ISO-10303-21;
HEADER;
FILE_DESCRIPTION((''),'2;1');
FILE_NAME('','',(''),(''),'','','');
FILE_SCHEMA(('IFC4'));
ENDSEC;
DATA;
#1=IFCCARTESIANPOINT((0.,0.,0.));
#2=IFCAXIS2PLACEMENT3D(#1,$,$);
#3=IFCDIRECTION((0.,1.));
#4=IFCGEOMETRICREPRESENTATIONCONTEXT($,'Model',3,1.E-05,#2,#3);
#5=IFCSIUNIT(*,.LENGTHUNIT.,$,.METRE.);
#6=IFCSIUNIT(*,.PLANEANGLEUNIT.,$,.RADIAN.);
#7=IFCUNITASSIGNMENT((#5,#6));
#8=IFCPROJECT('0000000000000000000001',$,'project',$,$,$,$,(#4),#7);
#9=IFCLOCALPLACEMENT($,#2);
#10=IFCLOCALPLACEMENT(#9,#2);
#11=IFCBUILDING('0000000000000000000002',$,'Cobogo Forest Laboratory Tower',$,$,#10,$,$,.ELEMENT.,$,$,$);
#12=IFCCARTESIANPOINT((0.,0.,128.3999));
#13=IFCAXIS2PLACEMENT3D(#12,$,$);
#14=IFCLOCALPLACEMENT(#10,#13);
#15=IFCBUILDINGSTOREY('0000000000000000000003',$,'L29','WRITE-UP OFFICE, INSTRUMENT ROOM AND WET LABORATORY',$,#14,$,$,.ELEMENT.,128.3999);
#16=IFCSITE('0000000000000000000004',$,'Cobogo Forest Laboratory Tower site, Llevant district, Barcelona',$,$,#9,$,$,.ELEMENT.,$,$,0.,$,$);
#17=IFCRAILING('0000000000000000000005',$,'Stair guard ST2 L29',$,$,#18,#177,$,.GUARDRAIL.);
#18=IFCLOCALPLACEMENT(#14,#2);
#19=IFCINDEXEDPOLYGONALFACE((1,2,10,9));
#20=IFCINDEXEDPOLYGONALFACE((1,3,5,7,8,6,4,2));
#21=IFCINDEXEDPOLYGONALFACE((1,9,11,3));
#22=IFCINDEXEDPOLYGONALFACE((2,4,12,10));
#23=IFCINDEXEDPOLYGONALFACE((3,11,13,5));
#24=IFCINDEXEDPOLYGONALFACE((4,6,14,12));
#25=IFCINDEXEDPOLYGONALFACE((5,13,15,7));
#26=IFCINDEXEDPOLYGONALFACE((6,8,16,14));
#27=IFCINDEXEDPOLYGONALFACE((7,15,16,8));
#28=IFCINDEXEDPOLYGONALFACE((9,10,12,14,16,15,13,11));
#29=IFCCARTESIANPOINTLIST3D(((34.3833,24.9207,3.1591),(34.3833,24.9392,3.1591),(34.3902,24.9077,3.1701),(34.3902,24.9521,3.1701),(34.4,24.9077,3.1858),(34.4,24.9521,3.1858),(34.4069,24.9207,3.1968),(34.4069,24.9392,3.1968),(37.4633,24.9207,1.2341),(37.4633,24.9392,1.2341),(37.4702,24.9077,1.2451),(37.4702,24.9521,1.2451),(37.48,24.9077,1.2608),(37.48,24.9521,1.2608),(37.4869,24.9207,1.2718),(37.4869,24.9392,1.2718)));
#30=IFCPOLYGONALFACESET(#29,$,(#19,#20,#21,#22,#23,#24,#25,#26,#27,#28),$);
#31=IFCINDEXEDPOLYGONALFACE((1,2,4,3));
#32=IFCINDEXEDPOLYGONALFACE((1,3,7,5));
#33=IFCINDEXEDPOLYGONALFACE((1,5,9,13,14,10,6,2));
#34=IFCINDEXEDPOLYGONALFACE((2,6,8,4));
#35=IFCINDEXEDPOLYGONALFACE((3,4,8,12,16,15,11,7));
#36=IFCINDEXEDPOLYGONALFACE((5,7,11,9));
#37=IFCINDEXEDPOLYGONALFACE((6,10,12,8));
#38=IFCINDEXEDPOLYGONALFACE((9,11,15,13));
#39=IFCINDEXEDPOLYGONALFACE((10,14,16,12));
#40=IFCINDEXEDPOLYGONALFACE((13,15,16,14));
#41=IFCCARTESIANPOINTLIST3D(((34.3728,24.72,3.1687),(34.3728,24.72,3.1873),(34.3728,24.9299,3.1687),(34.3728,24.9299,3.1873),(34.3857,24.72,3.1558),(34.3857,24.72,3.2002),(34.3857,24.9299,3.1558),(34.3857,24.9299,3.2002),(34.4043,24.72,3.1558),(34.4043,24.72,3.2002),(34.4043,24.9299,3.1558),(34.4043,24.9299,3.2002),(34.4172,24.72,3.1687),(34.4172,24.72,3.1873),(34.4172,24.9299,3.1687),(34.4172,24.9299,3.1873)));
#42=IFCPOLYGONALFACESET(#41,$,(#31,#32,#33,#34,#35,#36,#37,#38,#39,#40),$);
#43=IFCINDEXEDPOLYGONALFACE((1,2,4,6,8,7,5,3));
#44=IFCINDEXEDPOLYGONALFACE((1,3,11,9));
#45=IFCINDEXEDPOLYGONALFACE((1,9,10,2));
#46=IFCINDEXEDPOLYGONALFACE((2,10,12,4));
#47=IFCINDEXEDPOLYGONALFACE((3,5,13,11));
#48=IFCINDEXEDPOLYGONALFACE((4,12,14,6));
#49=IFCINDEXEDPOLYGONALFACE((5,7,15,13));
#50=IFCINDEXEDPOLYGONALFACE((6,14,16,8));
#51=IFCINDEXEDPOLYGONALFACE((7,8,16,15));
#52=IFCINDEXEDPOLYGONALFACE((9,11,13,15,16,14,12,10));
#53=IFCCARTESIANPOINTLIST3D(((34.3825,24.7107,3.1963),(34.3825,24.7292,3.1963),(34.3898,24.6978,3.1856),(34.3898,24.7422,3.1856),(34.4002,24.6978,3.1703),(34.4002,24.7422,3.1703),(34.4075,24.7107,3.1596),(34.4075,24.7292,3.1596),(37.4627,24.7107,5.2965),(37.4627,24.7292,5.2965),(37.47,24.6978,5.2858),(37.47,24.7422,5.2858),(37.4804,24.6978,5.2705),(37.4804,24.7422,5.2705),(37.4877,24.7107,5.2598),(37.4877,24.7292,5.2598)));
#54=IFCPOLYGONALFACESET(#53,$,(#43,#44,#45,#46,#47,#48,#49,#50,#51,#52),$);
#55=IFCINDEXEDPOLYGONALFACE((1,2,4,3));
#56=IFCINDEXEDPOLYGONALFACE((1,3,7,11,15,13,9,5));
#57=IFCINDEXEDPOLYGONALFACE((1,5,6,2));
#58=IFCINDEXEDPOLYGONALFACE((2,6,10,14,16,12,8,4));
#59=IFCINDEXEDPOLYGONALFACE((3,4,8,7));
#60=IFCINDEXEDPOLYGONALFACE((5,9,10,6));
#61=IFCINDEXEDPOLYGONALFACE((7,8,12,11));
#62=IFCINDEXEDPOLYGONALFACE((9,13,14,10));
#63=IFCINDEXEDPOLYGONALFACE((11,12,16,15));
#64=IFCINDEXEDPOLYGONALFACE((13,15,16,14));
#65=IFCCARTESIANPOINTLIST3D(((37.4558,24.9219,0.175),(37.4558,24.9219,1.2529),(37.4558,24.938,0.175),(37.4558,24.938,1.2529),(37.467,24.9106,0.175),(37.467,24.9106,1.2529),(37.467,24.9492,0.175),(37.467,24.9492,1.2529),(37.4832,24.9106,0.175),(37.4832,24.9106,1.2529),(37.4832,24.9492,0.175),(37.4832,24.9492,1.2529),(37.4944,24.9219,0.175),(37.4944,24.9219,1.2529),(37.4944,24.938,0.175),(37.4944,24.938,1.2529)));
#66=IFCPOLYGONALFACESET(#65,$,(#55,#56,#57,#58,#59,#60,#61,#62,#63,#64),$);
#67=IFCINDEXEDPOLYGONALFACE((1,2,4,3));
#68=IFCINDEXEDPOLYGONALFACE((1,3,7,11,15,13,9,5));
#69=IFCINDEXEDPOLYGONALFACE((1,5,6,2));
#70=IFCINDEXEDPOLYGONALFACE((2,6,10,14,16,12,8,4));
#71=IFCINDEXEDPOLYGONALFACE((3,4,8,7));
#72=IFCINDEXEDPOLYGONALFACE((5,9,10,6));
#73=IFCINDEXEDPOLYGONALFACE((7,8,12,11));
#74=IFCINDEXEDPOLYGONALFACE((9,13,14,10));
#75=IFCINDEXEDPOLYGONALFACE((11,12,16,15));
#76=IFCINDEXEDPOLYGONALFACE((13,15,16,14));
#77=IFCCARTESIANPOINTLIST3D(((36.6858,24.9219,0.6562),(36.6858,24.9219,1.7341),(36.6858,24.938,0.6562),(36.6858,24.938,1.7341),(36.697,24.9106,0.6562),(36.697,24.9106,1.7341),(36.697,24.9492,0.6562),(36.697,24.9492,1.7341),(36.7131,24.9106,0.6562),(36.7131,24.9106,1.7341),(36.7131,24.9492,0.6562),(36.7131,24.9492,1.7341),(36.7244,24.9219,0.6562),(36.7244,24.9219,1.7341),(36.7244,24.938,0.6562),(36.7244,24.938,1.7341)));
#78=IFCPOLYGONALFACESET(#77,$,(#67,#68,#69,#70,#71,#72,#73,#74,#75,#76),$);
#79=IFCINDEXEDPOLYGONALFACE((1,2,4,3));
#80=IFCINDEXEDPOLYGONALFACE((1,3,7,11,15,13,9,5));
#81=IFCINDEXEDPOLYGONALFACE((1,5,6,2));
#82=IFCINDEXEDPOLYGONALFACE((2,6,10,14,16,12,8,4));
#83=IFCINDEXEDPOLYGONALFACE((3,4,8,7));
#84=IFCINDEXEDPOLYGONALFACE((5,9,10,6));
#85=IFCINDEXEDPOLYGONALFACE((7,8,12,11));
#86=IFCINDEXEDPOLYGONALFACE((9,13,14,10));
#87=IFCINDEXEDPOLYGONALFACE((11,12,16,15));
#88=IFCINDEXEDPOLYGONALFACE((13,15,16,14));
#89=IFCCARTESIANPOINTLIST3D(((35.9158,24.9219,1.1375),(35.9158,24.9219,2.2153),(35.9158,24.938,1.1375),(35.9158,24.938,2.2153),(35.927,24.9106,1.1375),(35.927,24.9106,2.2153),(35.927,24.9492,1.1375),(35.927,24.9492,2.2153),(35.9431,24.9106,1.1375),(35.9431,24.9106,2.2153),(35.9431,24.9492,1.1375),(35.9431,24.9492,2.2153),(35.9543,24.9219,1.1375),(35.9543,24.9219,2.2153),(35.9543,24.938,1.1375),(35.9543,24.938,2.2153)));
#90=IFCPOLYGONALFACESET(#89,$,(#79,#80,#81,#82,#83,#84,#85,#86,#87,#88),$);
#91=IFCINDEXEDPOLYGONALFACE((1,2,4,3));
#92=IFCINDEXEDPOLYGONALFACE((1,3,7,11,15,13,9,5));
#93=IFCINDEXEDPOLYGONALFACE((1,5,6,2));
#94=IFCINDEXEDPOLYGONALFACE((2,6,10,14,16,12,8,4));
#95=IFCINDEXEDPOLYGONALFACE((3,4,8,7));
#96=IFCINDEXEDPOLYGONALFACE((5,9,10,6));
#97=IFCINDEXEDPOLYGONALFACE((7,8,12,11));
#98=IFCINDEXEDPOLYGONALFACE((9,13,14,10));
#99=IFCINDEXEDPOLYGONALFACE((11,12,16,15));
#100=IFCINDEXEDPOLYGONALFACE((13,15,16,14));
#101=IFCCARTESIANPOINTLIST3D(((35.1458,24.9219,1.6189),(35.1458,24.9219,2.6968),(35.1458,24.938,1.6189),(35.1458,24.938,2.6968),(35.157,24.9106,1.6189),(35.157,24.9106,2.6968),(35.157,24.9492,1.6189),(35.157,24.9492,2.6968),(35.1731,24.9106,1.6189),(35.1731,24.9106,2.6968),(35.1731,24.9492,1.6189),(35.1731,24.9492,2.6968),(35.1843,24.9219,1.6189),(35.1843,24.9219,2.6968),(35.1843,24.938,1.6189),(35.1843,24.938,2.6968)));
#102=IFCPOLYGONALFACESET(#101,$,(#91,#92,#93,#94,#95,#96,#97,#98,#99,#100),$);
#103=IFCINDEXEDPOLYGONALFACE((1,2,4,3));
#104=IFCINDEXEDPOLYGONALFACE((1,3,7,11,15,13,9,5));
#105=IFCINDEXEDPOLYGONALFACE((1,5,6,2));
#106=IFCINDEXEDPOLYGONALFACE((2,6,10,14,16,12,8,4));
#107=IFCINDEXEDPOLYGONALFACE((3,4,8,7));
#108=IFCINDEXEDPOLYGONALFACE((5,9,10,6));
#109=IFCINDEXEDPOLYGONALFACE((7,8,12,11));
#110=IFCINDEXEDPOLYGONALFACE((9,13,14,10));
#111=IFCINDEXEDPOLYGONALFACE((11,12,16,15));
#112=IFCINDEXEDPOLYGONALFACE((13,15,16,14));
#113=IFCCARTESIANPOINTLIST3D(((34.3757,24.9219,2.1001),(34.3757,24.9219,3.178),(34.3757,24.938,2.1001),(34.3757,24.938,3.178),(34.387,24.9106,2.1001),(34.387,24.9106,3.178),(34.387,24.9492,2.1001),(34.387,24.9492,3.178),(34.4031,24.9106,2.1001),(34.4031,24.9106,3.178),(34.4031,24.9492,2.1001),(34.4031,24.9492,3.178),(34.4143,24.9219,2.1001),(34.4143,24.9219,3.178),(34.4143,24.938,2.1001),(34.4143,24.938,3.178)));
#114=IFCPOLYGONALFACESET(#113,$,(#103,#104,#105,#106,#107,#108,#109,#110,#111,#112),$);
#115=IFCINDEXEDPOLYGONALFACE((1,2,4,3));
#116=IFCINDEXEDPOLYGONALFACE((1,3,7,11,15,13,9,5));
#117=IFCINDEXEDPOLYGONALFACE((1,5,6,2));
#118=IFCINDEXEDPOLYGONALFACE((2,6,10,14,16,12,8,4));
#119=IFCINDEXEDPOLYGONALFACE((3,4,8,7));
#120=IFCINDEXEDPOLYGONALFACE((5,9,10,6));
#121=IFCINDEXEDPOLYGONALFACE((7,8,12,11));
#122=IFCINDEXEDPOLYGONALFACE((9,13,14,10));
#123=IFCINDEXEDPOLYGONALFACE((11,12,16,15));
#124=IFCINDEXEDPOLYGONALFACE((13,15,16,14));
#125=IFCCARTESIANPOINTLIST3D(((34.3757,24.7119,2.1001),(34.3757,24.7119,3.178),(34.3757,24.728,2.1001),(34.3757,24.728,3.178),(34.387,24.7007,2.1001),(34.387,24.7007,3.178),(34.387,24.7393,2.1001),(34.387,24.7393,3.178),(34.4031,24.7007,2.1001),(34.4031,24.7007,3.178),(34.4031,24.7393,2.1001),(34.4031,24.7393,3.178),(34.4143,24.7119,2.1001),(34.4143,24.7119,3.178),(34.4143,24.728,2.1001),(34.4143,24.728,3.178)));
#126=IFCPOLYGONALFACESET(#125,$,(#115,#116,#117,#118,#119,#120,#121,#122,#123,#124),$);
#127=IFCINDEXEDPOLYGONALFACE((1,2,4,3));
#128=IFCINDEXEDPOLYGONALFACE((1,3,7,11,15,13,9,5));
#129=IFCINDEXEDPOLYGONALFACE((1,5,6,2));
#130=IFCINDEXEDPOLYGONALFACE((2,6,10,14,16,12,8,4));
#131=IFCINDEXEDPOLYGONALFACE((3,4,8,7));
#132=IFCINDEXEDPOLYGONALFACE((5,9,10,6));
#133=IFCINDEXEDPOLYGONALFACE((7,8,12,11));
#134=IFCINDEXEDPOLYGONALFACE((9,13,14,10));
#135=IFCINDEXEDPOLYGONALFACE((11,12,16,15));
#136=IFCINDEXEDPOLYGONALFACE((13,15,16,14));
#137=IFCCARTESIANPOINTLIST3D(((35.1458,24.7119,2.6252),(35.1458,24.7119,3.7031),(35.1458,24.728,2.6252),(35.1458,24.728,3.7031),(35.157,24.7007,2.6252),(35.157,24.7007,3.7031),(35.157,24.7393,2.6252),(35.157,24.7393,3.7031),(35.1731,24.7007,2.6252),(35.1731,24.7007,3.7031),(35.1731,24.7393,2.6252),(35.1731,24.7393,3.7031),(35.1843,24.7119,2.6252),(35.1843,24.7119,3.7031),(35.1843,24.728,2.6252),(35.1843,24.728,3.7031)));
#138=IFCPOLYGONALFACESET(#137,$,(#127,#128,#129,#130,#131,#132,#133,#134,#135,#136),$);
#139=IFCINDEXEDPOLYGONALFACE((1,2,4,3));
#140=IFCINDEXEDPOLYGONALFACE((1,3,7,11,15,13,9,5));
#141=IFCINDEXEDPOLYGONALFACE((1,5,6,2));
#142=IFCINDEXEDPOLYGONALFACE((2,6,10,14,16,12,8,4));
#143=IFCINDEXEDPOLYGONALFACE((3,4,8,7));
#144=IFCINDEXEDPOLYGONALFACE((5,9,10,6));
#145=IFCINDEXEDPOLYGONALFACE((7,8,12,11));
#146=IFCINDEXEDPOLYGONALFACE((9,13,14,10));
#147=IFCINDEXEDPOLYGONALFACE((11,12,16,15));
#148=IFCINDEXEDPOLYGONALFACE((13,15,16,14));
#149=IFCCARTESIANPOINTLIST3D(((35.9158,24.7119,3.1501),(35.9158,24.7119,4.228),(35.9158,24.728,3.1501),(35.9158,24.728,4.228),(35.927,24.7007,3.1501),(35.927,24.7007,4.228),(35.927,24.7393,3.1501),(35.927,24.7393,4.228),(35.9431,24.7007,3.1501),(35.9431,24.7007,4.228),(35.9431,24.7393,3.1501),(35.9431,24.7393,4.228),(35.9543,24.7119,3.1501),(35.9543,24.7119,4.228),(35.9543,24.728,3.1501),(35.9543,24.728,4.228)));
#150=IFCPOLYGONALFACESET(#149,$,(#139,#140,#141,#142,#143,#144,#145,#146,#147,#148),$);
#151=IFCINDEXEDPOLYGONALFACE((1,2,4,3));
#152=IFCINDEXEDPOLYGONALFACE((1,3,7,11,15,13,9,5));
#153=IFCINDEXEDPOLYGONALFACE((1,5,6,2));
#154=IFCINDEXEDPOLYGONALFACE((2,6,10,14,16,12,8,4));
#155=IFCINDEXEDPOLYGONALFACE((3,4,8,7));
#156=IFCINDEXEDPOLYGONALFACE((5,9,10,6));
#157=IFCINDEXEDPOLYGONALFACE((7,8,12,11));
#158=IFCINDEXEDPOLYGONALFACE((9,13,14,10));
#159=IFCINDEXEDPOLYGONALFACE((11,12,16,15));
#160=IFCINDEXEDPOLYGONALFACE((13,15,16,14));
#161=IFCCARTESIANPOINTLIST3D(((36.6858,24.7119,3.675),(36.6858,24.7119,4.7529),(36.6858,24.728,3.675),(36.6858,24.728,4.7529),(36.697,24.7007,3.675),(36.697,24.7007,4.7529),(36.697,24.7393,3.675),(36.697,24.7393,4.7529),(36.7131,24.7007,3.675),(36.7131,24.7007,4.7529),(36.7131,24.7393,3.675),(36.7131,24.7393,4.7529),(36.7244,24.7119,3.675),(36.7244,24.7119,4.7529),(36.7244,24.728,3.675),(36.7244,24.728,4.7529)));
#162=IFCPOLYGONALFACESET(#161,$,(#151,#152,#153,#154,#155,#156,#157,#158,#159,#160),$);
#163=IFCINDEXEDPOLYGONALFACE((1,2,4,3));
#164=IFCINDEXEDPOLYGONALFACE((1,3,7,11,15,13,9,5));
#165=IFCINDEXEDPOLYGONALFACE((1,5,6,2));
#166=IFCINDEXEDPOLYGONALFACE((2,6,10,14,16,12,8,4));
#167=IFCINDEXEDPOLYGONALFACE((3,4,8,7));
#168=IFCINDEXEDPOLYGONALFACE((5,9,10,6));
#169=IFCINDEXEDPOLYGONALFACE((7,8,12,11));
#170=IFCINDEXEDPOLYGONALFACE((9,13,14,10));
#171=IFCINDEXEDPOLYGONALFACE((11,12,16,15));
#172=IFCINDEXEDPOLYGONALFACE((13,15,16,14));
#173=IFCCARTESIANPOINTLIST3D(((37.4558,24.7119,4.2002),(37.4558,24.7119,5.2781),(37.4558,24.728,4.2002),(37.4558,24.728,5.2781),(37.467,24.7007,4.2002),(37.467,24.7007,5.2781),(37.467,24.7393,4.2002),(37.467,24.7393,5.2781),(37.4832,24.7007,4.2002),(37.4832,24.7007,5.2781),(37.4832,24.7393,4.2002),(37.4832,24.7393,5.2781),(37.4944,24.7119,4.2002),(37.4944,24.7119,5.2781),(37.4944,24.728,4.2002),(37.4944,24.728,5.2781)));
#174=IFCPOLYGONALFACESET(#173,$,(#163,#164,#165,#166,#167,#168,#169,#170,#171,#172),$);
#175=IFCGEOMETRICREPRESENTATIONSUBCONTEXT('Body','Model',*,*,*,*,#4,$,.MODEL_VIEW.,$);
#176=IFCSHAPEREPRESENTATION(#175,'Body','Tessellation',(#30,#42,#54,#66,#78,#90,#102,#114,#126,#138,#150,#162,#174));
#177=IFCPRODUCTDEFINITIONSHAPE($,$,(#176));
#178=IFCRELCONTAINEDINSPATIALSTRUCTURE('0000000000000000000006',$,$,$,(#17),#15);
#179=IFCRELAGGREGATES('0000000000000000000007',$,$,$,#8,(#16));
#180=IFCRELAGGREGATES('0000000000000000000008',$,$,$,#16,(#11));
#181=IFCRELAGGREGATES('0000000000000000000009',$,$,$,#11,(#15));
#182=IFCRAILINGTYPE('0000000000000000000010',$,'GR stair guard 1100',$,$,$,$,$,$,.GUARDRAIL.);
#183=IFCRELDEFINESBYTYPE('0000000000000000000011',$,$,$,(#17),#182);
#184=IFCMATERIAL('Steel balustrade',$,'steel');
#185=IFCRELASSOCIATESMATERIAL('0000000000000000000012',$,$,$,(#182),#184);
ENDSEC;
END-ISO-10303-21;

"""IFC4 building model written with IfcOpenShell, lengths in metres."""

from ifc_helpers import new_model, si_unit, direction, frame, origin, place, context, subcontext, project, spatial, polyline, outline, extrude, material, type_object, element, save


model = new_model("IFC4")

# Units and contexts
model_context = context("Model", 3, precision=1e-05, world=origin(), true_north=direction((0.0, 1.0)))
body_context = subcontext(model_context, "Body", "Model", "MODEL_VIEW")
ifc_project = project(units=[si_unit("LENGTHUNIT", "METRE"), si_unit("PLANEANGLEUNIT", "RADIAN")], contexts=[model_context])

# Site, building, storey
site_placement = place(None, origin())
site = spatial("IfcSite", under=ifc_project, at=site_placement, Name="Cobogo Forest Laboratory Tower site, Llevant district, Barcelona", CompositionType="ELEMENT", RefElevation=0.0)
building_placement = place(site_placement, origin())
building = spatial("IfcBuilding", under=site, at=building_placement, Name="Cobogo Forest Laboratory Tower", CompositionType="ELEMENT")
storey_placement = place(building_placement, frame((0.0, 0.0, 128.3999)))
storey = spatial("IfcBuildingStorey", under=building, at=storey_placement, Name="L29", Description="WRITE-UP OFFICE, INSTRUMENT ROOM AND WET LABORATORY", CompositionType="ELEMENT", Elevation=128.3999)

# Railing
ifc_material_1 = material(Name="Steel balustrade", Category="steel")
railing_type_1 = type_object("IfcRailingType", Name="GR stair guard 1100", PredefinedType="GUARDRAIL", material=ifc_material_1)
railing_1_placement = place(storey_placement, frame((37.4751, 24.9299, 0.175)))
element("IfcRailing", 1, at=railing_1_placement, inside=storey, type_object=railing_type_1, Name="Stair guard ST2 L29", PredefinedType="GUARDRAIL", context=body_context, shape_type="SweptSolid", body=[
    extrude(outline(polyline([(0.0222, 0.0093), (0.0093, 0.0222), (-0.0093, 0.0222), (-0.0222, 0.0093), (-0.0222, -0.0093), (-0.0093, -0.0222), (0.0093, -0.0222), (0.0222, -0.0093), (0.0222, 0.0093)])), frame((0.0, 0.0, 1.0779), z_axis=(-0.847998, 0.0, 0.529999), x_axis=(0.0, -1.0, 0.0)), (0.0, 0.0, 1.0), 3.6321),
    extrude(outline(polyline([(0.0222, 0.0093), (0.0093, 0.0222), (-0.0093, 0.0222), (-0.0222, 0.0093), (-0.0222, -0.0093), (-0.0093, -0.0222), (0.0093, -0.0222), (0.0222, -0.0093), (0.0222, 0.0093)])), frame((-3.0801, 0.0, 3.0029), z_axis=(0.0, -1.0, 0.0), x_axis=(1.0, 0.0, 0.0)), (0.0, 0.0, 1.0), 0.21),
    extrude(outline(polyline([(0.0222, 0.0093), (0.0093, 0.0222), (-0.0093, 0.0222), (-0.0222, 0.0093), (-0.0222, -0.0093), (-0.0093, -0.0222), (0.0093, -0.0222), (0.0222, -0.0093), (0.0222, 0.0093)])), frame((-3.0801, -0.21, 3.0029), z_axis=(0.826222, 0.0, 0.563345), x_axis=(0.0, 1.0, 0.0)), (0.0, 0.0, 1.0), 3.728),
    extrude(outline(polyline([(0.0193, 0.0081), (0.0081, 0.0193), (-0.0081, 0.0193), (-0.0193, 0.0081), (-0.0193, -0.0081), (-0.0081, -0.0193), (0.0081, -0.0193), (0.0193, -0.0081), (0.0193, 0.0081)])), origin(), (0.0, 0.0, 1.0), 1.0779),
    extrude(outline(polyline([(0.0193, 0.0081), (0.0081, 0.0193), (-0.0081, 0.0193), (-0.0193, 0.0081), (-0.0193, -0.0081), (-0.0081, -0.0193), (0.0081, -0.0193), (0.0193, -0.0081), (0.0193, 0.0081)])), frame((-0.77, 0.0, 0.4812)), (0.0, 0.0, 1.0), 1.0779),
    extrude(outline(polyline([(0.0193, 0.0081), (0.0081, 0.0193), (-0.0081, 0.0193), (-0.0193, 0.0081), (-0.0193, -0.0081), (-0.0081, -0.0193), (0.0081, -0.0193), (0.0193, -0.0081), (0.0193, 0.0081)])), frame((-1.54, 0.0, 0.9624)), (0.0, 0.0, 1.0), 1.0779),
    extrude(outline(polyline([(0.0193, 0.0081), (0.0081, 0.0193), (-0.0081, 0.0193), (-0.0193, 0.0081), (-0.0193, -0.0081), (-0.0081, -0.0193), (0.0081, -0.0193), (0.0193, -0.0081), (0.0193, 0.0081)])), frame((-2.3101, 0.0, 1.4438)), (0.0, 0.0, 1.0), 1.0779),
    extrude(outline(polyline([(0.0193, 0.0081), (0.0081, 0.0193), (-0.0081, 0.0193), (-0.0193, 0.0081), (-0.0193, -0.0081), (-0.0081, -0.0193), (0.0081, -0.0193), (0.0193, -0.0081), (0.0193, 0.0081)])), frame((-3.0801, 0.0, 1.925)), (0.0, 0.0, 1.0), 1.0779),
    extrude(outline(polyline([(0.0193, 0.0081), (0.0081, 0.0193), (-0.0081, 0.0193), (-0.0193, 0.0081), (-0.0193, -0.0081), (-0.0081, -0.0193), (0.0081, -0.0193), (0.0193, -0.0081), (0.0193, 0.0081)])), frame((-3.0801, -0.21, 1.925)), (0.0, 0.0, 1.0), 1.0779),
    extrude(outline(polyline([(0.0193, 0.0081), (0.0081, 0.0193), (-0.0081, 0.0193), (-0.0193, 0.0081), (-0.0193, -0.0081), (-0.0081, -0.0193), (0.0081, -0.0193), (0.0193, -0.0081), (0.0193, 0.0081)])), frame((-2.3101, -0.21, 2.4502)), (0.0, 0.0, 1.0), 1.0779),
    extrude(outline(polyline([(0.0193, 0.0081), (0.0081, 0.0193), (-0.0081, 0.0193), (-0.0193, 0.0081), (-0.0193, -0.0081), (-0.0081, -0.0193), (0.0081, -0.0193), (0.0193, -0.0081), (0.0193, 0.0081)])), frame((-1.54, -0.21, 2.9751)), (0.0, 0.0, 1.0), 1.0779),
    extrude(outline(polyline([(0.0193, 0.0081), (0.0081, 0.0193), (-0.0081, 0.0193), (-0.0193, 0.0081), (-0.0193, -0.0081), (-0.0081, -0.0193), (0.0081, -0.0193), (0.0193, -0.0081), (0.0193, 0.0081)])), frame((-0.77, -0.21, 3.5)), (0.0, 0.0, 1.0), 1.0779),
    extrude(outline(polyline([(0.0193, 0.0081), (0.0081, 0.0193), (-0.0081, 0.0193), (-0.0193, 0.0081), (-0.0193, -0.0081), (-0.0081, -0.0193), (0.0081, -0.0193), (0.0193, -0.0081), (0.0193, 0.0081)])), frame((0.0, -0.21, 4.0251)), (0.0, 0.0, 1.0), 1.0779),
])

save(model, "model.ifc")
